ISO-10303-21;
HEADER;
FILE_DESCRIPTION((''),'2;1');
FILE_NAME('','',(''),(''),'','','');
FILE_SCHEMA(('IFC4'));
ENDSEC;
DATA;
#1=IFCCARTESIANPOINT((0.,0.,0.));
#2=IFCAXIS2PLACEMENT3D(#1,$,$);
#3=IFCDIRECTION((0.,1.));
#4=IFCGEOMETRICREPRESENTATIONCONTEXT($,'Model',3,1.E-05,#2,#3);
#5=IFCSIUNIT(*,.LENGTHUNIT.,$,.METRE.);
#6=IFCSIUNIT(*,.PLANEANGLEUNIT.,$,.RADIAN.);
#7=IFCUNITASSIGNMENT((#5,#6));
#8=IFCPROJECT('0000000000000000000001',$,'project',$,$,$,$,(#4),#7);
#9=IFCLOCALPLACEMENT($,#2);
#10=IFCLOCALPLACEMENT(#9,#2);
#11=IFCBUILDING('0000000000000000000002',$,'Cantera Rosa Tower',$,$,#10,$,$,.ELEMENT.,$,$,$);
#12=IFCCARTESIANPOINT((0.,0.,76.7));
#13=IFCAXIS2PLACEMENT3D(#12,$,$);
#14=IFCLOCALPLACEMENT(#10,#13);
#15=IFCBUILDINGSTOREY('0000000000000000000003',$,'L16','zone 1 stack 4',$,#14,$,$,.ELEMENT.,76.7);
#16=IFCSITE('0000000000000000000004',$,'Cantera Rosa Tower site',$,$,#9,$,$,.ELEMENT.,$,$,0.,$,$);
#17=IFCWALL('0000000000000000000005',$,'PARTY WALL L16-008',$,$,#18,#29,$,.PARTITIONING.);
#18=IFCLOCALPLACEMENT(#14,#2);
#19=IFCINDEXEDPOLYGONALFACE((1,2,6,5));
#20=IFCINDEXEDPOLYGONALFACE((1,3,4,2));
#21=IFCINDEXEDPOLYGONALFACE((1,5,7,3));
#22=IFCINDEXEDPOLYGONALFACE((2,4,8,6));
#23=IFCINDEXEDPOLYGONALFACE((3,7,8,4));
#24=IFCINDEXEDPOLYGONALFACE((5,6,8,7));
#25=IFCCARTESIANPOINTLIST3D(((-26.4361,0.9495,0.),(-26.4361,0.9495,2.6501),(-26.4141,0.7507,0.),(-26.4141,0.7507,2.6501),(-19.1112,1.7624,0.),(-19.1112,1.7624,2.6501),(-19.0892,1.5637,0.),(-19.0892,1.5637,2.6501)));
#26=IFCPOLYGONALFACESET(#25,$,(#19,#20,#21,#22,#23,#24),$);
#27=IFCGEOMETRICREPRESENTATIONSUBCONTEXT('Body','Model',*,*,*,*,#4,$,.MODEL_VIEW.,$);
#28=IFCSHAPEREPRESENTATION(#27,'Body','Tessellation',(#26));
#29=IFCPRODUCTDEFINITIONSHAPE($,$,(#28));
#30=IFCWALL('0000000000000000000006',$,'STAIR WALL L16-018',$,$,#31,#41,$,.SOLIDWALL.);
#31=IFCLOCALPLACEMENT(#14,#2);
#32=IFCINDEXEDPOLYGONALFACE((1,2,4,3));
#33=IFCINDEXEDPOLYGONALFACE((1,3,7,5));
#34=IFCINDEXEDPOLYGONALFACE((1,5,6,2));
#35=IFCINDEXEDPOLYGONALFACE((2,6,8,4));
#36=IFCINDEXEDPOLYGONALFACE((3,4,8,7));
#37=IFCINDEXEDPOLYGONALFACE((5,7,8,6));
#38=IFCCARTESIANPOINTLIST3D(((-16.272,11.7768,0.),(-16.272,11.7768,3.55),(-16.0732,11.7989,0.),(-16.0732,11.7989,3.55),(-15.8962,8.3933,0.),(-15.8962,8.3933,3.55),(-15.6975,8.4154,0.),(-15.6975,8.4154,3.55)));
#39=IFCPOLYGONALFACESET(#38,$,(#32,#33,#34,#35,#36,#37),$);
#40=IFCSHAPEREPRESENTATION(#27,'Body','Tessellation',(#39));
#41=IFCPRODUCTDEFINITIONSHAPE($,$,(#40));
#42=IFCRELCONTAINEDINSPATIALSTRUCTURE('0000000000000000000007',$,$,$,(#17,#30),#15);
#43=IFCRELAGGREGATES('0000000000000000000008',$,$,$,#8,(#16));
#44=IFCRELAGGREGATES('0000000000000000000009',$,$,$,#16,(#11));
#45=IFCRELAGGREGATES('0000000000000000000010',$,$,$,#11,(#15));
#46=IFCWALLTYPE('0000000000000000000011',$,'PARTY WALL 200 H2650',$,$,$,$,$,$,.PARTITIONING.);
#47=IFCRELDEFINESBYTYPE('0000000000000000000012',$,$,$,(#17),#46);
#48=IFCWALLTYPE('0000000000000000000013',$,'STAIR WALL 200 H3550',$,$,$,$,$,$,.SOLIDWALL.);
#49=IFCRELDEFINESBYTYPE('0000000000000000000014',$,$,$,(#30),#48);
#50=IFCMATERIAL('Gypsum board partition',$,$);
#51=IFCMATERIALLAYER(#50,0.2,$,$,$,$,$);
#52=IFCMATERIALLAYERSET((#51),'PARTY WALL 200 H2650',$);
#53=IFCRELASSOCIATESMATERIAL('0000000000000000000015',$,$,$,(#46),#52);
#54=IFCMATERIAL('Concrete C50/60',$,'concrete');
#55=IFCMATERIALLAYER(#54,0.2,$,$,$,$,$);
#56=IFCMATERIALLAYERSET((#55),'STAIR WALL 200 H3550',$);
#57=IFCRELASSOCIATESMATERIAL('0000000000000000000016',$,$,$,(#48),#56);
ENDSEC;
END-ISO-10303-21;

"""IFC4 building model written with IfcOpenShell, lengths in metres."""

from ifc_helpers import new_model, si_unit, direction, frame, frame_2d, origin, place, context, subcontext, project, spatial, rectangle, extrude, material, layer, layer_set, type_object, element, save


model = new_model("IFC4")

# Units and contexts
model_context = context("Model", 3, precision=1e-05, world=origin(), true_north=direction((0.0, 1.0)))
body_context = subcontext(model_context, "Body", "Model", "MODEL_VIEW")
ifc_project = project(units=[si_unit("LENGTHUNIT", "METRE"), si_unit("PLANEANGLEUNIT", "RADIAN")], contexts=[model_context])

# Site, building, storey
site_placement = place(None, origin())
site = spatial("IfcSite", under=ifc_project, at=site_placement, Name="Cantera Rosa Tower site", CompositionType="ELEMENT", RefElevation=0.0)
building_placement = place(site_placement, origin())
building = spatial("IfcBuilding", under=site, at=building_placement, Name="Cantera Rosa Tower", CompositionType="ELEMENT")
storey_placement = place(building_placement, frame((0.0, 0.0, 76.7)))
storey = spatial("IfcBuildingStorey", under=building, at=storey_placement, Name="L16", Description="zone 1 stack 4", CompositionType="ELEMENT", Elevation=76.7)

# Walls
ifc_material_1 = material(Name="Gypsum board partition")
ifc_layer_1 = layer(ifc_material_1, 0.2)
ifc_layer_set_1 = layer_set([ifc_layer_1], Name="PARTY WALL 200 H2650")
wall_type_1 = type_object("IfcWallType", Name="PARTY WALL 200 H2650", PredefinedType="PARTITIONING", material=ifc_layer_set_1)
wall_1_placement = place(storey_placement, frame((-19.1001, 1.6631, 0.0), z_axis=(0.0, 0.0, 1.0), x_axis=(-0.993897, -0.110312, 0.0)))
element("IfcWall", 1, at=wall_1_placement, inside=storey, type_object=wall_type_1, Name="PARTY WALL L16-008", PredefinedType="PARTITIONING", context=body_context, shape_type="SweptSolid", body=[
    extrude(rectangle(XDim=7.3699, YDim=0.2, at=frame_2d((3.6851, 0.0))), origin(), (0.0, 0.0, 1.0), 2.6501),
])
ifc_material_2 = material(Name="Concrete C50/60", Category="concrete")
ifc_layer_2 = layer(ifc_material_2, 0.2)
ifc_layer_set_2 = layer_set([ifc_layer_2], Name="STAIR WALL 200 H3550")
wall_type_2 = type_object("IfcWallType", Name="STAIR WALL 200 H3550", PredefinedType="SOLIDWALL", material=ifc_layer_set_2)
wall_2_placement = place(storey_placement, frame((-16.1726, 11.7878, 0.0), z_axis=(0.0, 0.0, 1.0), x_axis=(0.110369, -0.993891, 0.0)))
element("IfcWall", 2, at=wall_2_placement, inside=storey, type_object=wall_type_2, Name="STAIR WALL L16-018", PredefinedType="SOLIDWALL", context=body_context, shape_type="SweptSolid", body=[
    extrude(rectangle(XDim=3.4043, YDim=0.2, at=frame_2d((1.7021, 0.0))), origin(), (0.0, 0.0, 1.0), 3.55),
])

save(model, "model.ifc")
